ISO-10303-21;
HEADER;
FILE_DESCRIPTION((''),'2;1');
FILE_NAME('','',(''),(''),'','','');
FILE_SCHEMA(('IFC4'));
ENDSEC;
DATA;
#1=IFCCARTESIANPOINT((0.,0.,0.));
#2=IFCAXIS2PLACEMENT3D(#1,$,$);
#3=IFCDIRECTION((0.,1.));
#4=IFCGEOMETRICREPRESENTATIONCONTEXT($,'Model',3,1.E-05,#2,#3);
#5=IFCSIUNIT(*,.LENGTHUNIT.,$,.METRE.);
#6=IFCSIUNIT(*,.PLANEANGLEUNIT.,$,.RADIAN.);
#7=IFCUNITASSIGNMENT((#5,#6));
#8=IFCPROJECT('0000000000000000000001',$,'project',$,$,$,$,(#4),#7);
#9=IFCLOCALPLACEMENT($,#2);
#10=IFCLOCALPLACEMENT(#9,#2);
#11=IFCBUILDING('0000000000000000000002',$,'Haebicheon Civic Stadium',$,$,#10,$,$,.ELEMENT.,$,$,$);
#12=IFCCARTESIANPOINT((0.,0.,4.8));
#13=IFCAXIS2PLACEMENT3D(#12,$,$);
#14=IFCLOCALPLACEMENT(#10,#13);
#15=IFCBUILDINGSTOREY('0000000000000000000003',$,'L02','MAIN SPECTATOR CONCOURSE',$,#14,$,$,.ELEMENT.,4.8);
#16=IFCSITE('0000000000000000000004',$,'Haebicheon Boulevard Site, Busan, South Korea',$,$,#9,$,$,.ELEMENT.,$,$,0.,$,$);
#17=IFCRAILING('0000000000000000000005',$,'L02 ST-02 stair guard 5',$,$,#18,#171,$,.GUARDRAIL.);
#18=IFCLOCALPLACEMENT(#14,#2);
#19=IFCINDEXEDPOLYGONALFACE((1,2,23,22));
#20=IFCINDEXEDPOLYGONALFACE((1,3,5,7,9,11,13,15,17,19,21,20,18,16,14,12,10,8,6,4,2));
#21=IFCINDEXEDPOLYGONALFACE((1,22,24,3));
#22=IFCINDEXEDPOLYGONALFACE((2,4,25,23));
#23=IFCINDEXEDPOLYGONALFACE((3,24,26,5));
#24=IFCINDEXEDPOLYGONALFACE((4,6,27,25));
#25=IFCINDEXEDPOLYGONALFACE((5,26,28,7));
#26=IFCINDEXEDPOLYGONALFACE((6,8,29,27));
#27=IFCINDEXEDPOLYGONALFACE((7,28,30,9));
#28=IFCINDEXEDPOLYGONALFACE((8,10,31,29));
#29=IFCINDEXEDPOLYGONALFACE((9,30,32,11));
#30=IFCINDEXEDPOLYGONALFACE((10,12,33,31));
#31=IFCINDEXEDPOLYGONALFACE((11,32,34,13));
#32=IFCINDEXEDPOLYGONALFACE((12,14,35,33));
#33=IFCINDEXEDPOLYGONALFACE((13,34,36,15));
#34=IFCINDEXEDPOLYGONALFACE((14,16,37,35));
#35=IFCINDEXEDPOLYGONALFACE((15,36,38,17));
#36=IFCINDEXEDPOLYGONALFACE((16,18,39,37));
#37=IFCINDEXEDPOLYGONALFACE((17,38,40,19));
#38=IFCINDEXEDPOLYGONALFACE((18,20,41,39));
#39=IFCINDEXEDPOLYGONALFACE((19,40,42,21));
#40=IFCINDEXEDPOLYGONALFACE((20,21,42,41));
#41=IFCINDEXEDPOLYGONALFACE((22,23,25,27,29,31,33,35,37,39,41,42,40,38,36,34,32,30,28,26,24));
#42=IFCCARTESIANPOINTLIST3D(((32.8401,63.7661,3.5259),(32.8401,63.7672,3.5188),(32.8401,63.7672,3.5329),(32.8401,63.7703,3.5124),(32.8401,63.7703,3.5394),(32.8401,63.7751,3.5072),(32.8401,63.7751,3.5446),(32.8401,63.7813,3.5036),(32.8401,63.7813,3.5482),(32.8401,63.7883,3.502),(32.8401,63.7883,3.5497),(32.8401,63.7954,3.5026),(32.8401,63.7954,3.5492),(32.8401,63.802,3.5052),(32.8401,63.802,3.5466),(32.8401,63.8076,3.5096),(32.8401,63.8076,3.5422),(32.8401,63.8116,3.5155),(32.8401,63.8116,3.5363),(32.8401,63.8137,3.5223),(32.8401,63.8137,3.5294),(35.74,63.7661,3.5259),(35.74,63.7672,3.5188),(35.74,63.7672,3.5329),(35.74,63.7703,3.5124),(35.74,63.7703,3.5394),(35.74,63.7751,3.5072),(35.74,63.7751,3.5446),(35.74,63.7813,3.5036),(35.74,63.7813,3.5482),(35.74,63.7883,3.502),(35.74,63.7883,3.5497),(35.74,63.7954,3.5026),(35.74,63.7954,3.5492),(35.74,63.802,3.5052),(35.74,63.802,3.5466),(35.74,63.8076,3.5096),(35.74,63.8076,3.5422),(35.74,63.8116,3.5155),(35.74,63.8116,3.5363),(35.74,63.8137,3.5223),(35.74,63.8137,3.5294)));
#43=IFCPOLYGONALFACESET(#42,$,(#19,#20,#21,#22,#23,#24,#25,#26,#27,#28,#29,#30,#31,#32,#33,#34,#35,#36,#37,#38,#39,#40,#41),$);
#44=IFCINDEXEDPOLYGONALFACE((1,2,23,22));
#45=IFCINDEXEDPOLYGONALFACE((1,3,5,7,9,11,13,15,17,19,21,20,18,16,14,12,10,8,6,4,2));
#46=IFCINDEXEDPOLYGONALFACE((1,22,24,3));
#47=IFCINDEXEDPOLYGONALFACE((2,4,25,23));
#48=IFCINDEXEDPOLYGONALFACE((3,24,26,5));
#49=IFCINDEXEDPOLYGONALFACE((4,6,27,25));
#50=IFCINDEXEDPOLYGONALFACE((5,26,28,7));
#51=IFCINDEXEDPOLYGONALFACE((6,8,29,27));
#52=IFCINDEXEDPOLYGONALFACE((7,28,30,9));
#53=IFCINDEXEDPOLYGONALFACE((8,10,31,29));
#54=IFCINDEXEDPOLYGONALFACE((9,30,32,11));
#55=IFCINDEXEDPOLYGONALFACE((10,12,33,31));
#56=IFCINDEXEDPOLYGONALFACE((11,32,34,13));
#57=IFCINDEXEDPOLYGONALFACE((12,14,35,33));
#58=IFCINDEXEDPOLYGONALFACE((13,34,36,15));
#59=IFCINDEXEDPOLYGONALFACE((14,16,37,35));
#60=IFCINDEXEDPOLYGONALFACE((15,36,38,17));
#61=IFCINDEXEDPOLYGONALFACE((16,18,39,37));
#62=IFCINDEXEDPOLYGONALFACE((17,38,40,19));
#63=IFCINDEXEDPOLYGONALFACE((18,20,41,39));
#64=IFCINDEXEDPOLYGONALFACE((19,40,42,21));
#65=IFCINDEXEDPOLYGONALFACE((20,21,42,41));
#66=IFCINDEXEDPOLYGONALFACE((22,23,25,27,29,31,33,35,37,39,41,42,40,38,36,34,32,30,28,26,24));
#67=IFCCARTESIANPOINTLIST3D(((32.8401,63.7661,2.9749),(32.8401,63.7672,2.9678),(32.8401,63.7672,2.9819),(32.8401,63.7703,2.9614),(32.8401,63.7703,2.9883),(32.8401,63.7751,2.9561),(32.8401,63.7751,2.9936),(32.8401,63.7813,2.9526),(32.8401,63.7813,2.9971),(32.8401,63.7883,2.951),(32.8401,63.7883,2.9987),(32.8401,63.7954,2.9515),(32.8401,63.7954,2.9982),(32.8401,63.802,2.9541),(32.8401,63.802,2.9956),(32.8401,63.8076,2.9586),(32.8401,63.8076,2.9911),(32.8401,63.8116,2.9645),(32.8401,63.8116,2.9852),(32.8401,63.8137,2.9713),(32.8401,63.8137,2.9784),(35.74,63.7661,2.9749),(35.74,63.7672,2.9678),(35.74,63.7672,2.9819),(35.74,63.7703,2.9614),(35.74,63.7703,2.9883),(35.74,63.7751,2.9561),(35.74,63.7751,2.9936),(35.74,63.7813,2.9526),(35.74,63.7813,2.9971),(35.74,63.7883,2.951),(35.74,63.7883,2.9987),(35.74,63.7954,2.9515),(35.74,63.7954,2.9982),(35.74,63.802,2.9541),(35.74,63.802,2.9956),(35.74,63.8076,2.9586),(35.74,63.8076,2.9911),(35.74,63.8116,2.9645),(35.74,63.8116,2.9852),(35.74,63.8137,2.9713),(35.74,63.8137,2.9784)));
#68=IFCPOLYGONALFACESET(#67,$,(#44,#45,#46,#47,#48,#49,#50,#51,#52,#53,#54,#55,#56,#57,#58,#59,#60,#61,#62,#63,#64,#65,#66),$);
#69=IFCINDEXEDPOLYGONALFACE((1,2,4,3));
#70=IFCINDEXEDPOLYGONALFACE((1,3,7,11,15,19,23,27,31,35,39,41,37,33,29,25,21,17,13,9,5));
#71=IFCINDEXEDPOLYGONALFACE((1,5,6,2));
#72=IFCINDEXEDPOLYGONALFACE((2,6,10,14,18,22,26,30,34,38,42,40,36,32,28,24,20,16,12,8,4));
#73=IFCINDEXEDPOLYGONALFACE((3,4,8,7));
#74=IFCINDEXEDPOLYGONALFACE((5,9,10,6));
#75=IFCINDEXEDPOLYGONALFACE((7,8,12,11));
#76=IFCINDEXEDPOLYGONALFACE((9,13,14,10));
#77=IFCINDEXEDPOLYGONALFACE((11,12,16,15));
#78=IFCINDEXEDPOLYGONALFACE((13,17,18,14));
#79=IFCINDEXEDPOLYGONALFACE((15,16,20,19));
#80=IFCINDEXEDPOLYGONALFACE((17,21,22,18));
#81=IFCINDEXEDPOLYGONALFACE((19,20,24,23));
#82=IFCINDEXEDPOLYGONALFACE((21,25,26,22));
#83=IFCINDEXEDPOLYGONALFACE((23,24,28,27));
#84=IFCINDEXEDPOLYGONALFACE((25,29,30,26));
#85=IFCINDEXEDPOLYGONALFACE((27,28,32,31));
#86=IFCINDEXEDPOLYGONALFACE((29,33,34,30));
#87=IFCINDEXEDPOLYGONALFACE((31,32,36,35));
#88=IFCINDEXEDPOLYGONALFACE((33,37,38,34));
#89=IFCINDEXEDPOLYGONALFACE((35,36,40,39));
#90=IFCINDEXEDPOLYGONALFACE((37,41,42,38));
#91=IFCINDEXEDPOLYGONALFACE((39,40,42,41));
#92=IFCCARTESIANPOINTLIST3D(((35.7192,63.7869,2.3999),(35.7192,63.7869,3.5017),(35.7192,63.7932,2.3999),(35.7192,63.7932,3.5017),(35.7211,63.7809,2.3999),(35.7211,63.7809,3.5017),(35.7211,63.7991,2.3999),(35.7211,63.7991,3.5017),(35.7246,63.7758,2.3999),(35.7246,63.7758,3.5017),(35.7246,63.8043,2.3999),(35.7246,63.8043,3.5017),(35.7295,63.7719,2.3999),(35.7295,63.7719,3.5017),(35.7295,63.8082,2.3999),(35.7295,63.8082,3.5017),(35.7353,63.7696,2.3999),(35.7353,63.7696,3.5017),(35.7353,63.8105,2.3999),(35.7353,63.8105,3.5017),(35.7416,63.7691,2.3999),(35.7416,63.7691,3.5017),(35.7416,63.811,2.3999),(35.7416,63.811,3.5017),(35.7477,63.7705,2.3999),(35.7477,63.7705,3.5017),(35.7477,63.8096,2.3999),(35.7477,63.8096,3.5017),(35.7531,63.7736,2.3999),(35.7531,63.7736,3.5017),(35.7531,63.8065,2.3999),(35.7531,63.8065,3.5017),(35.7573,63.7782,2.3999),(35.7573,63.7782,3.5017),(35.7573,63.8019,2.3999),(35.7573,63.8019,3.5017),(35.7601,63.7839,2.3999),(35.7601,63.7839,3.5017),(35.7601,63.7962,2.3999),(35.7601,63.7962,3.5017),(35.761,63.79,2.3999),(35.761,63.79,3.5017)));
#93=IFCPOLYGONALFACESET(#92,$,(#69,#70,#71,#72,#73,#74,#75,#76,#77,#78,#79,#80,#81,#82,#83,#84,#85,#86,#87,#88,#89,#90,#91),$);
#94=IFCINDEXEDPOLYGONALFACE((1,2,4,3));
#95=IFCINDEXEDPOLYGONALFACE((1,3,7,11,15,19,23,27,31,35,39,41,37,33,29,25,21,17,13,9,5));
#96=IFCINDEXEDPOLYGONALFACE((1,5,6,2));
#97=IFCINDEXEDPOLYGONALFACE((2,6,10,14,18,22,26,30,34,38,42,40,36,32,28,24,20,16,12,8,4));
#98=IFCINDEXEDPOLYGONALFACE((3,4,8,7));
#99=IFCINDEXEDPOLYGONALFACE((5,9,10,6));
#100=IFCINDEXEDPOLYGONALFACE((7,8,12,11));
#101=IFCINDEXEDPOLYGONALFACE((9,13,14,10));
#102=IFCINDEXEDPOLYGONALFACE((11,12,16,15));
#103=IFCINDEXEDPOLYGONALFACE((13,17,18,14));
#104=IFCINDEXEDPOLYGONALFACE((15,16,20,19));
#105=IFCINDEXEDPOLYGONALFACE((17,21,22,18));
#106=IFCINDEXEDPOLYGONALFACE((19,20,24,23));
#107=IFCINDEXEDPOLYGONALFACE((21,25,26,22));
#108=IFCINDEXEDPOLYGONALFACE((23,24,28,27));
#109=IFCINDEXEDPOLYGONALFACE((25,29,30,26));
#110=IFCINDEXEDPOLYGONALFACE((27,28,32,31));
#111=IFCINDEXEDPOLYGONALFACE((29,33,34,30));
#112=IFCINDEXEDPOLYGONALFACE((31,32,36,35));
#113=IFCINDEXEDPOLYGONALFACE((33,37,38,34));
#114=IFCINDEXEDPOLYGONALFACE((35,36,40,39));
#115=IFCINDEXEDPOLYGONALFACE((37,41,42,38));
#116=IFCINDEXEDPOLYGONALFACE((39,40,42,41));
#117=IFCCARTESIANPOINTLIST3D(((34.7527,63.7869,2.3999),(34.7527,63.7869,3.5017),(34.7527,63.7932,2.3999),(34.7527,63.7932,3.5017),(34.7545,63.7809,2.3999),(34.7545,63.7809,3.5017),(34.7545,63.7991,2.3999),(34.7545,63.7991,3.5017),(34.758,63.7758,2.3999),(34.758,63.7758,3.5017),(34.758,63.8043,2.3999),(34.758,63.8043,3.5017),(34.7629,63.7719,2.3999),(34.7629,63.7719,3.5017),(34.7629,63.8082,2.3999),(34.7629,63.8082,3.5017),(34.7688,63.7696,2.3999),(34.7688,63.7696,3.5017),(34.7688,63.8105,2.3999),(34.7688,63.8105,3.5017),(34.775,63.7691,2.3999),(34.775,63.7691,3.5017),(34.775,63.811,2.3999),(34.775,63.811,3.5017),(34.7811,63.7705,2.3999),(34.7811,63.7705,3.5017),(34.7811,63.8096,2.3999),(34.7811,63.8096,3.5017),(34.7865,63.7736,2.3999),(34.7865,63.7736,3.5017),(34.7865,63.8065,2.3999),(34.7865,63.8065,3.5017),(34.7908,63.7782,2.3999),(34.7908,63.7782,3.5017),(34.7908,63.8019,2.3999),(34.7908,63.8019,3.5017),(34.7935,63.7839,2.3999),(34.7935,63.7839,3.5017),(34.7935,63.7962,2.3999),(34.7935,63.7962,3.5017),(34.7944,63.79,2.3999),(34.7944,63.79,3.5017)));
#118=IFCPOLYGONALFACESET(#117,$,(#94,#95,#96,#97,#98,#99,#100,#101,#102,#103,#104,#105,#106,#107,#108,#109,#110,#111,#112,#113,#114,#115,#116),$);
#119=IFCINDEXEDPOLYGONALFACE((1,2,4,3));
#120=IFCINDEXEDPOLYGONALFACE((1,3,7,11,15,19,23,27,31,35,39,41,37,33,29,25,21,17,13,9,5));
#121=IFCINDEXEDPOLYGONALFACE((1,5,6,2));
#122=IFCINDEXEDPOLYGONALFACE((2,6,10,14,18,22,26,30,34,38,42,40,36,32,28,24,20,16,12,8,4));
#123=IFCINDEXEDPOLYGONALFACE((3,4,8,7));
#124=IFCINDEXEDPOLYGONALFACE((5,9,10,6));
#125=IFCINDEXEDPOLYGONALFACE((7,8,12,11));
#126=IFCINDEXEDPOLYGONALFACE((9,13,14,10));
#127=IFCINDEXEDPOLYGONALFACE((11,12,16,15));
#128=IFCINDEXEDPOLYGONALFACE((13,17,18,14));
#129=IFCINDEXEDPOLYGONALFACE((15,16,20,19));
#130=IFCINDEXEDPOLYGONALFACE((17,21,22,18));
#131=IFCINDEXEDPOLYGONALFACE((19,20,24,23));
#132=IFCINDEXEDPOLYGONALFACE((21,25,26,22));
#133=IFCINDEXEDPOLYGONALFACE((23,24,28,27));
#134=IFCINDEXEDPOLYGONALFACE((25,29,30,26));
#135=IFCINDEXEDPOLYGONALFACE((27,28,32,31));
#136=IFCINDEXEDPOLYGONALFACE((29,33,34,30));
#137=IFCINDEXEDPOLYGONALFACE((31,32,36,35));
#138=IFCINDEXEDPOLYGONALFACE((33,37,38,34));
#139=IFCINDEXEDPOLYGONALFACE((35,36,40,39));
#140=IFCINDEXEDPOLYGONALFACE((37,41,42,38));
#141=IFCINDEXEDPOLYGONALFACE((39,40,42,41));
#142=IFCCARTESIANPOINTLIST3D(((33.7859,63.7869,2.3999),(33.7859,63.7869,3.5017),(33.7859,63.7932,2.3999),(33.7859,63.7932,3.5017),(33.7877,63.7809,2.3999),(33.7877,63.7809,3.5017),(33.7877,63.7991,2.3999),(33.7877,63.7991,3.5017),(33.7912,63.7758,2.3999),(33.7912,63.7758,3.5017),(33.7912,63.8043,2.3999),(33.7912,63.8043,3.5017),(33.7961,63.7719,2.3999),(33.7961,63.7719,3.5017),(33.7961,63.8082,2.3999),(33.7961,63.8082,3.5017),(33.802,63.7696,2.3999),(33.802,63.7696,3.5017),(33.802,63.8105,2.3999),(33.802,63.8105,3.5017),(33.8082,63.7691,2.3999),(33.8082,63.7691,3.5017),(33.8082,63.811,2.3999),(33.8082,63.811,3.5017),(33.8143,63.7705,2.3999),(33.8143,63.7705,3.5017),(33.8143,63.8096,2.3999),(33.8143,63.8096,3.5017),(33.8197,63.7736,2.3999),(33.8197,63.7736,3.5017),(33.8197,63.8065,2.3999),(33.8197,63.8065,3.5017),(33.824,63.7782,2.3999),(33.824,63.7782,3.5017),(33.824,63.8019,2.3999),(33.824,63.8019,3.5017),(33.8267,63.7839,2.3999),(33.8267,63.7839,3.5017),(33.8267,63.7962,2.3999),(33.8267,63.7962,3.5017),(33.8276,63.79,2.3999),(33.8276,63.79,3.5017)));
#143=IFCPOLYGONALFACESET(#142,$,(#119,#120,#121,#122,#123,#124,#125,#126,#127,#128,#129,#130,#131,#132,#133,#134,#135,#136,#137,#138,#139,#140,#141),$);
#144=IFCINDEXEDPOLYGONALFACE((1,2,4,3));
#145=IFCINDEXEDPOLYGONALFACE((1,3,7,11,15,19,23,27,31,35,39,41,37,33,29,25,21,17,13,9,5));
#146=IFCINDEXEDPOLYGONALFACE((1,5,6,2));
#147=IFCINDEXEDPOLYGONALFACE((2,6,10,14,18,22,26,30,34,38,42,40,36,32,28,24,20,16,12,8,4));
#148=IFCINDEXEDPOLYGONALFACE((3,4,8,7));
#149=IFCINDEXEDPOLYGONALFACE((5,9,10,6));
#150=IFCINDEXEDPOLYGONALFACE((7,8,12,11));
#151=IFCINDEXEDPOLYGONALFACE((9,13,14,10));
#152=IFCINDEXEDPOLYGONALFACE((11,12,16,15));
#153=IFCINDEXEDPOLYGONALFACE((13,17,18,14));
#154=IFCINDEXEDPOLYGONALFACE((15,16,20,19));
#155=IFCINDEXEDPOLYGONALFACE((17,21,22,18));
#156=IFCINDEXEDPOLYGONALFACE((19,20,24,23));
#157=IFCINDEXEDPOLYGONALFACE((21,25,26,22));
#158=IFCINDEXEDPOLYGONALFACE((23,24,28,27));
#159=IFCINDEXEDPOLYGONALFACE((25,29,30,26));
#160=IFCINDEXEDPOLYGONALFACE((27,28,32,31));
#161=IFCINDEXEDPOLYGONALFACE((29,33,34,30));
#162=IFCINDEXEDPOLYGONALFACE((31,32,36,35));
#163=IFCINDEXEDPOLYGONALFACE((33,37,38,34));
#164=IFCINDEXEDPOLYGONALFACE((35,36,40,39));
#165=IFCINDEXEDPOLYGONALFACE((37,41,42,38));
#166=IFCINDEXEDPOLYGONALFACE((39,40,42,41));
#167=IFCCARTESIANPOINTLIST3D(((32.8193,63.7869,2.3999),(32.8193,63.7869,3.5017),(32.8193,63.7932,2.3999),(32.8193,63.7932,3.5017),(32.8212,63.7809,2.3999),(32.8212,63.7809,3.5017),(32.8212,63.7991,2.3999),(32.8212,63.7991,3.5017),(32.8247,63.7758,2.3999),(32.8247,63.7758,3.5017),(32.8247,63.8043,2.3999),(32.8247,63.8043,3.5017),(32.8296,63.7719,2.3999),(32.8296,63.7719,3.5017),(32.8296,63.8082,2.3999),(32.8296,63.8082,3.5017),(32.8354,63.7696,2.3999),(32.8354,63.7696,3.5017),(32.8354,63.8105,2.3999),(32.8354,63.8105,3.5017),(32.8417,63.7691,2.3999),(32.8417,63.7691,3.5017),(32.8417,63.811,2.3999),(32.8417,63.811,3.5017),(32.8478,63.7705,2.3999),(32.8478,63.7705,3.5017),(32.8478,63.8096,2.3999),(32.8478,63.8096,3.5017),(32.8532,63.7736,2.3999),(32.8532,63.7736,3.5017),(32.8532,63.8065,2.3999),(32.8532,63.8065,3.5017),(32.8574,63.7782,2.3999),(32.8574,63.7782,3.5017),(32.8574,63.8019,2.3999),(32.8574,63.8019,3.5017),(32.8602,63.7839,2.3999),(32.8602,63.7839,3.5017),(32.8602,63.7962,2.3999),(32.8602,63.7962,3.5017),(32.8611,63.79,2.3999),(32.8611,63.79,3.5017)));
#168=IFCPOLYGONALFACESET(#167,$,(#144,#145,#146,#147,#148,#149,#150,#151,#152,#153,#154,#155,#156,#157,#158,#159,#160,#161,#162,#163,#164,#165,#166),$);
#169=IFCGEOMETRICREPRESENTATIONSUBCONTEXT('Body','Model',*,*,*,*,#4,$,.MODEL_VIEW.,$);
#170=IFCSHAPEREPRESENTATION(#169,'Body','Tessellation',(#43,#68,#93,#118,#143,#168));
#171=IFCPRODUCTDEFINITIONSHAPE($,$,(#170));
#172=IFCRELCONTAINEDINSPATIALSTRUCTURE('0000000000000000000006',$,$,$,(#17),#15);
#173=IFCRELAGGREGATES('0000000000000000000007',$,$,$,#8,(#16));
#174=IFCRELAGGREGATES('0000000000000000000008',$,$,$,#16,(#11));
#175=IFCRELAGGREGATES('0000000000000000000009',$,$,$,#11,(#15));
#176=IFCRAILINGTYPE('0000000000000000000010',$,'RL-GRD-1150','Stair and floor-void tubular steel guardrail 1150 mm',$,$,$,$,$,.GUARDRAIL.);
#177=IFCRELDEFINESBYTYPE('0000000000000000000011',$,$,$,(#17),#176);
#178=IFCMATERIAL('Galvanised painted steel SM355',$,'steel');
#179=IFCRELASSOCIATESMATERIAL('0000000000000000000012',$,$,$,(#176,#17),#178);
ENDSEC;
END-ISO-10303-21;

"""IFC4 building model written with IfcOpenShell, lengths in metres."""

from ifc_helpers import new_model, si_unit, direction, frame, origin, origin_2d, place, context, subcontext, project, spatial, circle, extrude, material, type_object, element, save


model = new_model("IFC4")

# Units and contexts
model_context = context("Model", 3, precision=1e-05, world=origin(), true_north=direction((0.0, 1.0)))
body_context = subcontext(model_context, "Body", "Model", "MODEL_VIEW")
ifc_project = project(units=[si_unit("LENGTHUNIT", "METRE"), si_unit("PLANEANGLEUNIT", "RADIAN")], contexts=[model_context])

# Site, building, storey
site_placement = place(None, origin())
site = spatial("IfcSite", under=ifc_project, at=site_placement, Name="Haebicheon Boulevard Site, Busan, South Korea", CompositionType="ELEMENT", RefElevation=0.0)
building_placement = place(site_placement, origin())
building = spatial("IfcBuilding", under=site, at=building_placement, Name="Haebicheon Civic Stadium", CompositionType="ELEMENT")
storey_placement = place(building_placement, frame((0.0, 0.0, 4.8)))
storey = spatial("IfcBuildingStorey", under=building, at=storey_placement, Name="L02", Description="MAIN SPECTATOR CONCOURSE", CompositionType="ELEMENT", Elevation=4.8)

# Railing
ifc_material_1 = material(Name="Galvanised painted steel SM355", Category="steel")
railing_type_1 = type_object("IfcRailingType", Name="RL-GRD-1150", Description="Stair and floor-void tubular steel guardrail 1150 mm", PredefinedType="GUARDRAIL", material=ifc_material_1)
railing_1_placement = place(storey_placement, frame((35.74, 63.79, 2.3999)))
element("IfcRailing", 1, at=railing_1_placement, inside=storey, type_object=railing_type_1, material=ifc_material_1, Name="L02 ST-02 stair guard 5", PredefinedType="GUARDRAIL", context=body_context, shape_type="SweptSolid", body=[
    extrude(circle(Radius=0.0239, at=origin_2d()), frame((0.0, 0.0, 1.126), z_axis=(-1.0, 0.0, 0.0), x_axis=(0.0, -1.0, 0.0)), (0.0, 0.0, 1.0), 2.8999),
    extrude(circle(Radius=0.0239, at=origin_2d()), frame((0.0, 0.0, 0.575), z_axis=(-1.0, 0.0, 0.0), x_axis=(0.0, -1.0, 0.0)), (0.0, 0.0, 1.0), 2.8999),
    extrude(circle(Radius=0.021, at=origin_2d()), origin(), (0.0, 0.0, 1.0), 1.1018),
    extrude(circle(Radius=0.021, at=origin_2d()), frame((-0.9666, 0.0, 0.0)), (0.0, 0.0, 1.0), 1.1018),
    extrude(circle(Radius=0.021, at=origin_2d()), frame((-1.9333, 0.0, 0.0)), (0.0, 0.0, 1.0), 1.1018),
    extrude(circle(Radius=0.021, at=origin_2d()), frame((-2.8999, 0.0, 0.0)), (0.0, 0.0, 1.0), 1.1018),
])

save(model, "model.ifc")
